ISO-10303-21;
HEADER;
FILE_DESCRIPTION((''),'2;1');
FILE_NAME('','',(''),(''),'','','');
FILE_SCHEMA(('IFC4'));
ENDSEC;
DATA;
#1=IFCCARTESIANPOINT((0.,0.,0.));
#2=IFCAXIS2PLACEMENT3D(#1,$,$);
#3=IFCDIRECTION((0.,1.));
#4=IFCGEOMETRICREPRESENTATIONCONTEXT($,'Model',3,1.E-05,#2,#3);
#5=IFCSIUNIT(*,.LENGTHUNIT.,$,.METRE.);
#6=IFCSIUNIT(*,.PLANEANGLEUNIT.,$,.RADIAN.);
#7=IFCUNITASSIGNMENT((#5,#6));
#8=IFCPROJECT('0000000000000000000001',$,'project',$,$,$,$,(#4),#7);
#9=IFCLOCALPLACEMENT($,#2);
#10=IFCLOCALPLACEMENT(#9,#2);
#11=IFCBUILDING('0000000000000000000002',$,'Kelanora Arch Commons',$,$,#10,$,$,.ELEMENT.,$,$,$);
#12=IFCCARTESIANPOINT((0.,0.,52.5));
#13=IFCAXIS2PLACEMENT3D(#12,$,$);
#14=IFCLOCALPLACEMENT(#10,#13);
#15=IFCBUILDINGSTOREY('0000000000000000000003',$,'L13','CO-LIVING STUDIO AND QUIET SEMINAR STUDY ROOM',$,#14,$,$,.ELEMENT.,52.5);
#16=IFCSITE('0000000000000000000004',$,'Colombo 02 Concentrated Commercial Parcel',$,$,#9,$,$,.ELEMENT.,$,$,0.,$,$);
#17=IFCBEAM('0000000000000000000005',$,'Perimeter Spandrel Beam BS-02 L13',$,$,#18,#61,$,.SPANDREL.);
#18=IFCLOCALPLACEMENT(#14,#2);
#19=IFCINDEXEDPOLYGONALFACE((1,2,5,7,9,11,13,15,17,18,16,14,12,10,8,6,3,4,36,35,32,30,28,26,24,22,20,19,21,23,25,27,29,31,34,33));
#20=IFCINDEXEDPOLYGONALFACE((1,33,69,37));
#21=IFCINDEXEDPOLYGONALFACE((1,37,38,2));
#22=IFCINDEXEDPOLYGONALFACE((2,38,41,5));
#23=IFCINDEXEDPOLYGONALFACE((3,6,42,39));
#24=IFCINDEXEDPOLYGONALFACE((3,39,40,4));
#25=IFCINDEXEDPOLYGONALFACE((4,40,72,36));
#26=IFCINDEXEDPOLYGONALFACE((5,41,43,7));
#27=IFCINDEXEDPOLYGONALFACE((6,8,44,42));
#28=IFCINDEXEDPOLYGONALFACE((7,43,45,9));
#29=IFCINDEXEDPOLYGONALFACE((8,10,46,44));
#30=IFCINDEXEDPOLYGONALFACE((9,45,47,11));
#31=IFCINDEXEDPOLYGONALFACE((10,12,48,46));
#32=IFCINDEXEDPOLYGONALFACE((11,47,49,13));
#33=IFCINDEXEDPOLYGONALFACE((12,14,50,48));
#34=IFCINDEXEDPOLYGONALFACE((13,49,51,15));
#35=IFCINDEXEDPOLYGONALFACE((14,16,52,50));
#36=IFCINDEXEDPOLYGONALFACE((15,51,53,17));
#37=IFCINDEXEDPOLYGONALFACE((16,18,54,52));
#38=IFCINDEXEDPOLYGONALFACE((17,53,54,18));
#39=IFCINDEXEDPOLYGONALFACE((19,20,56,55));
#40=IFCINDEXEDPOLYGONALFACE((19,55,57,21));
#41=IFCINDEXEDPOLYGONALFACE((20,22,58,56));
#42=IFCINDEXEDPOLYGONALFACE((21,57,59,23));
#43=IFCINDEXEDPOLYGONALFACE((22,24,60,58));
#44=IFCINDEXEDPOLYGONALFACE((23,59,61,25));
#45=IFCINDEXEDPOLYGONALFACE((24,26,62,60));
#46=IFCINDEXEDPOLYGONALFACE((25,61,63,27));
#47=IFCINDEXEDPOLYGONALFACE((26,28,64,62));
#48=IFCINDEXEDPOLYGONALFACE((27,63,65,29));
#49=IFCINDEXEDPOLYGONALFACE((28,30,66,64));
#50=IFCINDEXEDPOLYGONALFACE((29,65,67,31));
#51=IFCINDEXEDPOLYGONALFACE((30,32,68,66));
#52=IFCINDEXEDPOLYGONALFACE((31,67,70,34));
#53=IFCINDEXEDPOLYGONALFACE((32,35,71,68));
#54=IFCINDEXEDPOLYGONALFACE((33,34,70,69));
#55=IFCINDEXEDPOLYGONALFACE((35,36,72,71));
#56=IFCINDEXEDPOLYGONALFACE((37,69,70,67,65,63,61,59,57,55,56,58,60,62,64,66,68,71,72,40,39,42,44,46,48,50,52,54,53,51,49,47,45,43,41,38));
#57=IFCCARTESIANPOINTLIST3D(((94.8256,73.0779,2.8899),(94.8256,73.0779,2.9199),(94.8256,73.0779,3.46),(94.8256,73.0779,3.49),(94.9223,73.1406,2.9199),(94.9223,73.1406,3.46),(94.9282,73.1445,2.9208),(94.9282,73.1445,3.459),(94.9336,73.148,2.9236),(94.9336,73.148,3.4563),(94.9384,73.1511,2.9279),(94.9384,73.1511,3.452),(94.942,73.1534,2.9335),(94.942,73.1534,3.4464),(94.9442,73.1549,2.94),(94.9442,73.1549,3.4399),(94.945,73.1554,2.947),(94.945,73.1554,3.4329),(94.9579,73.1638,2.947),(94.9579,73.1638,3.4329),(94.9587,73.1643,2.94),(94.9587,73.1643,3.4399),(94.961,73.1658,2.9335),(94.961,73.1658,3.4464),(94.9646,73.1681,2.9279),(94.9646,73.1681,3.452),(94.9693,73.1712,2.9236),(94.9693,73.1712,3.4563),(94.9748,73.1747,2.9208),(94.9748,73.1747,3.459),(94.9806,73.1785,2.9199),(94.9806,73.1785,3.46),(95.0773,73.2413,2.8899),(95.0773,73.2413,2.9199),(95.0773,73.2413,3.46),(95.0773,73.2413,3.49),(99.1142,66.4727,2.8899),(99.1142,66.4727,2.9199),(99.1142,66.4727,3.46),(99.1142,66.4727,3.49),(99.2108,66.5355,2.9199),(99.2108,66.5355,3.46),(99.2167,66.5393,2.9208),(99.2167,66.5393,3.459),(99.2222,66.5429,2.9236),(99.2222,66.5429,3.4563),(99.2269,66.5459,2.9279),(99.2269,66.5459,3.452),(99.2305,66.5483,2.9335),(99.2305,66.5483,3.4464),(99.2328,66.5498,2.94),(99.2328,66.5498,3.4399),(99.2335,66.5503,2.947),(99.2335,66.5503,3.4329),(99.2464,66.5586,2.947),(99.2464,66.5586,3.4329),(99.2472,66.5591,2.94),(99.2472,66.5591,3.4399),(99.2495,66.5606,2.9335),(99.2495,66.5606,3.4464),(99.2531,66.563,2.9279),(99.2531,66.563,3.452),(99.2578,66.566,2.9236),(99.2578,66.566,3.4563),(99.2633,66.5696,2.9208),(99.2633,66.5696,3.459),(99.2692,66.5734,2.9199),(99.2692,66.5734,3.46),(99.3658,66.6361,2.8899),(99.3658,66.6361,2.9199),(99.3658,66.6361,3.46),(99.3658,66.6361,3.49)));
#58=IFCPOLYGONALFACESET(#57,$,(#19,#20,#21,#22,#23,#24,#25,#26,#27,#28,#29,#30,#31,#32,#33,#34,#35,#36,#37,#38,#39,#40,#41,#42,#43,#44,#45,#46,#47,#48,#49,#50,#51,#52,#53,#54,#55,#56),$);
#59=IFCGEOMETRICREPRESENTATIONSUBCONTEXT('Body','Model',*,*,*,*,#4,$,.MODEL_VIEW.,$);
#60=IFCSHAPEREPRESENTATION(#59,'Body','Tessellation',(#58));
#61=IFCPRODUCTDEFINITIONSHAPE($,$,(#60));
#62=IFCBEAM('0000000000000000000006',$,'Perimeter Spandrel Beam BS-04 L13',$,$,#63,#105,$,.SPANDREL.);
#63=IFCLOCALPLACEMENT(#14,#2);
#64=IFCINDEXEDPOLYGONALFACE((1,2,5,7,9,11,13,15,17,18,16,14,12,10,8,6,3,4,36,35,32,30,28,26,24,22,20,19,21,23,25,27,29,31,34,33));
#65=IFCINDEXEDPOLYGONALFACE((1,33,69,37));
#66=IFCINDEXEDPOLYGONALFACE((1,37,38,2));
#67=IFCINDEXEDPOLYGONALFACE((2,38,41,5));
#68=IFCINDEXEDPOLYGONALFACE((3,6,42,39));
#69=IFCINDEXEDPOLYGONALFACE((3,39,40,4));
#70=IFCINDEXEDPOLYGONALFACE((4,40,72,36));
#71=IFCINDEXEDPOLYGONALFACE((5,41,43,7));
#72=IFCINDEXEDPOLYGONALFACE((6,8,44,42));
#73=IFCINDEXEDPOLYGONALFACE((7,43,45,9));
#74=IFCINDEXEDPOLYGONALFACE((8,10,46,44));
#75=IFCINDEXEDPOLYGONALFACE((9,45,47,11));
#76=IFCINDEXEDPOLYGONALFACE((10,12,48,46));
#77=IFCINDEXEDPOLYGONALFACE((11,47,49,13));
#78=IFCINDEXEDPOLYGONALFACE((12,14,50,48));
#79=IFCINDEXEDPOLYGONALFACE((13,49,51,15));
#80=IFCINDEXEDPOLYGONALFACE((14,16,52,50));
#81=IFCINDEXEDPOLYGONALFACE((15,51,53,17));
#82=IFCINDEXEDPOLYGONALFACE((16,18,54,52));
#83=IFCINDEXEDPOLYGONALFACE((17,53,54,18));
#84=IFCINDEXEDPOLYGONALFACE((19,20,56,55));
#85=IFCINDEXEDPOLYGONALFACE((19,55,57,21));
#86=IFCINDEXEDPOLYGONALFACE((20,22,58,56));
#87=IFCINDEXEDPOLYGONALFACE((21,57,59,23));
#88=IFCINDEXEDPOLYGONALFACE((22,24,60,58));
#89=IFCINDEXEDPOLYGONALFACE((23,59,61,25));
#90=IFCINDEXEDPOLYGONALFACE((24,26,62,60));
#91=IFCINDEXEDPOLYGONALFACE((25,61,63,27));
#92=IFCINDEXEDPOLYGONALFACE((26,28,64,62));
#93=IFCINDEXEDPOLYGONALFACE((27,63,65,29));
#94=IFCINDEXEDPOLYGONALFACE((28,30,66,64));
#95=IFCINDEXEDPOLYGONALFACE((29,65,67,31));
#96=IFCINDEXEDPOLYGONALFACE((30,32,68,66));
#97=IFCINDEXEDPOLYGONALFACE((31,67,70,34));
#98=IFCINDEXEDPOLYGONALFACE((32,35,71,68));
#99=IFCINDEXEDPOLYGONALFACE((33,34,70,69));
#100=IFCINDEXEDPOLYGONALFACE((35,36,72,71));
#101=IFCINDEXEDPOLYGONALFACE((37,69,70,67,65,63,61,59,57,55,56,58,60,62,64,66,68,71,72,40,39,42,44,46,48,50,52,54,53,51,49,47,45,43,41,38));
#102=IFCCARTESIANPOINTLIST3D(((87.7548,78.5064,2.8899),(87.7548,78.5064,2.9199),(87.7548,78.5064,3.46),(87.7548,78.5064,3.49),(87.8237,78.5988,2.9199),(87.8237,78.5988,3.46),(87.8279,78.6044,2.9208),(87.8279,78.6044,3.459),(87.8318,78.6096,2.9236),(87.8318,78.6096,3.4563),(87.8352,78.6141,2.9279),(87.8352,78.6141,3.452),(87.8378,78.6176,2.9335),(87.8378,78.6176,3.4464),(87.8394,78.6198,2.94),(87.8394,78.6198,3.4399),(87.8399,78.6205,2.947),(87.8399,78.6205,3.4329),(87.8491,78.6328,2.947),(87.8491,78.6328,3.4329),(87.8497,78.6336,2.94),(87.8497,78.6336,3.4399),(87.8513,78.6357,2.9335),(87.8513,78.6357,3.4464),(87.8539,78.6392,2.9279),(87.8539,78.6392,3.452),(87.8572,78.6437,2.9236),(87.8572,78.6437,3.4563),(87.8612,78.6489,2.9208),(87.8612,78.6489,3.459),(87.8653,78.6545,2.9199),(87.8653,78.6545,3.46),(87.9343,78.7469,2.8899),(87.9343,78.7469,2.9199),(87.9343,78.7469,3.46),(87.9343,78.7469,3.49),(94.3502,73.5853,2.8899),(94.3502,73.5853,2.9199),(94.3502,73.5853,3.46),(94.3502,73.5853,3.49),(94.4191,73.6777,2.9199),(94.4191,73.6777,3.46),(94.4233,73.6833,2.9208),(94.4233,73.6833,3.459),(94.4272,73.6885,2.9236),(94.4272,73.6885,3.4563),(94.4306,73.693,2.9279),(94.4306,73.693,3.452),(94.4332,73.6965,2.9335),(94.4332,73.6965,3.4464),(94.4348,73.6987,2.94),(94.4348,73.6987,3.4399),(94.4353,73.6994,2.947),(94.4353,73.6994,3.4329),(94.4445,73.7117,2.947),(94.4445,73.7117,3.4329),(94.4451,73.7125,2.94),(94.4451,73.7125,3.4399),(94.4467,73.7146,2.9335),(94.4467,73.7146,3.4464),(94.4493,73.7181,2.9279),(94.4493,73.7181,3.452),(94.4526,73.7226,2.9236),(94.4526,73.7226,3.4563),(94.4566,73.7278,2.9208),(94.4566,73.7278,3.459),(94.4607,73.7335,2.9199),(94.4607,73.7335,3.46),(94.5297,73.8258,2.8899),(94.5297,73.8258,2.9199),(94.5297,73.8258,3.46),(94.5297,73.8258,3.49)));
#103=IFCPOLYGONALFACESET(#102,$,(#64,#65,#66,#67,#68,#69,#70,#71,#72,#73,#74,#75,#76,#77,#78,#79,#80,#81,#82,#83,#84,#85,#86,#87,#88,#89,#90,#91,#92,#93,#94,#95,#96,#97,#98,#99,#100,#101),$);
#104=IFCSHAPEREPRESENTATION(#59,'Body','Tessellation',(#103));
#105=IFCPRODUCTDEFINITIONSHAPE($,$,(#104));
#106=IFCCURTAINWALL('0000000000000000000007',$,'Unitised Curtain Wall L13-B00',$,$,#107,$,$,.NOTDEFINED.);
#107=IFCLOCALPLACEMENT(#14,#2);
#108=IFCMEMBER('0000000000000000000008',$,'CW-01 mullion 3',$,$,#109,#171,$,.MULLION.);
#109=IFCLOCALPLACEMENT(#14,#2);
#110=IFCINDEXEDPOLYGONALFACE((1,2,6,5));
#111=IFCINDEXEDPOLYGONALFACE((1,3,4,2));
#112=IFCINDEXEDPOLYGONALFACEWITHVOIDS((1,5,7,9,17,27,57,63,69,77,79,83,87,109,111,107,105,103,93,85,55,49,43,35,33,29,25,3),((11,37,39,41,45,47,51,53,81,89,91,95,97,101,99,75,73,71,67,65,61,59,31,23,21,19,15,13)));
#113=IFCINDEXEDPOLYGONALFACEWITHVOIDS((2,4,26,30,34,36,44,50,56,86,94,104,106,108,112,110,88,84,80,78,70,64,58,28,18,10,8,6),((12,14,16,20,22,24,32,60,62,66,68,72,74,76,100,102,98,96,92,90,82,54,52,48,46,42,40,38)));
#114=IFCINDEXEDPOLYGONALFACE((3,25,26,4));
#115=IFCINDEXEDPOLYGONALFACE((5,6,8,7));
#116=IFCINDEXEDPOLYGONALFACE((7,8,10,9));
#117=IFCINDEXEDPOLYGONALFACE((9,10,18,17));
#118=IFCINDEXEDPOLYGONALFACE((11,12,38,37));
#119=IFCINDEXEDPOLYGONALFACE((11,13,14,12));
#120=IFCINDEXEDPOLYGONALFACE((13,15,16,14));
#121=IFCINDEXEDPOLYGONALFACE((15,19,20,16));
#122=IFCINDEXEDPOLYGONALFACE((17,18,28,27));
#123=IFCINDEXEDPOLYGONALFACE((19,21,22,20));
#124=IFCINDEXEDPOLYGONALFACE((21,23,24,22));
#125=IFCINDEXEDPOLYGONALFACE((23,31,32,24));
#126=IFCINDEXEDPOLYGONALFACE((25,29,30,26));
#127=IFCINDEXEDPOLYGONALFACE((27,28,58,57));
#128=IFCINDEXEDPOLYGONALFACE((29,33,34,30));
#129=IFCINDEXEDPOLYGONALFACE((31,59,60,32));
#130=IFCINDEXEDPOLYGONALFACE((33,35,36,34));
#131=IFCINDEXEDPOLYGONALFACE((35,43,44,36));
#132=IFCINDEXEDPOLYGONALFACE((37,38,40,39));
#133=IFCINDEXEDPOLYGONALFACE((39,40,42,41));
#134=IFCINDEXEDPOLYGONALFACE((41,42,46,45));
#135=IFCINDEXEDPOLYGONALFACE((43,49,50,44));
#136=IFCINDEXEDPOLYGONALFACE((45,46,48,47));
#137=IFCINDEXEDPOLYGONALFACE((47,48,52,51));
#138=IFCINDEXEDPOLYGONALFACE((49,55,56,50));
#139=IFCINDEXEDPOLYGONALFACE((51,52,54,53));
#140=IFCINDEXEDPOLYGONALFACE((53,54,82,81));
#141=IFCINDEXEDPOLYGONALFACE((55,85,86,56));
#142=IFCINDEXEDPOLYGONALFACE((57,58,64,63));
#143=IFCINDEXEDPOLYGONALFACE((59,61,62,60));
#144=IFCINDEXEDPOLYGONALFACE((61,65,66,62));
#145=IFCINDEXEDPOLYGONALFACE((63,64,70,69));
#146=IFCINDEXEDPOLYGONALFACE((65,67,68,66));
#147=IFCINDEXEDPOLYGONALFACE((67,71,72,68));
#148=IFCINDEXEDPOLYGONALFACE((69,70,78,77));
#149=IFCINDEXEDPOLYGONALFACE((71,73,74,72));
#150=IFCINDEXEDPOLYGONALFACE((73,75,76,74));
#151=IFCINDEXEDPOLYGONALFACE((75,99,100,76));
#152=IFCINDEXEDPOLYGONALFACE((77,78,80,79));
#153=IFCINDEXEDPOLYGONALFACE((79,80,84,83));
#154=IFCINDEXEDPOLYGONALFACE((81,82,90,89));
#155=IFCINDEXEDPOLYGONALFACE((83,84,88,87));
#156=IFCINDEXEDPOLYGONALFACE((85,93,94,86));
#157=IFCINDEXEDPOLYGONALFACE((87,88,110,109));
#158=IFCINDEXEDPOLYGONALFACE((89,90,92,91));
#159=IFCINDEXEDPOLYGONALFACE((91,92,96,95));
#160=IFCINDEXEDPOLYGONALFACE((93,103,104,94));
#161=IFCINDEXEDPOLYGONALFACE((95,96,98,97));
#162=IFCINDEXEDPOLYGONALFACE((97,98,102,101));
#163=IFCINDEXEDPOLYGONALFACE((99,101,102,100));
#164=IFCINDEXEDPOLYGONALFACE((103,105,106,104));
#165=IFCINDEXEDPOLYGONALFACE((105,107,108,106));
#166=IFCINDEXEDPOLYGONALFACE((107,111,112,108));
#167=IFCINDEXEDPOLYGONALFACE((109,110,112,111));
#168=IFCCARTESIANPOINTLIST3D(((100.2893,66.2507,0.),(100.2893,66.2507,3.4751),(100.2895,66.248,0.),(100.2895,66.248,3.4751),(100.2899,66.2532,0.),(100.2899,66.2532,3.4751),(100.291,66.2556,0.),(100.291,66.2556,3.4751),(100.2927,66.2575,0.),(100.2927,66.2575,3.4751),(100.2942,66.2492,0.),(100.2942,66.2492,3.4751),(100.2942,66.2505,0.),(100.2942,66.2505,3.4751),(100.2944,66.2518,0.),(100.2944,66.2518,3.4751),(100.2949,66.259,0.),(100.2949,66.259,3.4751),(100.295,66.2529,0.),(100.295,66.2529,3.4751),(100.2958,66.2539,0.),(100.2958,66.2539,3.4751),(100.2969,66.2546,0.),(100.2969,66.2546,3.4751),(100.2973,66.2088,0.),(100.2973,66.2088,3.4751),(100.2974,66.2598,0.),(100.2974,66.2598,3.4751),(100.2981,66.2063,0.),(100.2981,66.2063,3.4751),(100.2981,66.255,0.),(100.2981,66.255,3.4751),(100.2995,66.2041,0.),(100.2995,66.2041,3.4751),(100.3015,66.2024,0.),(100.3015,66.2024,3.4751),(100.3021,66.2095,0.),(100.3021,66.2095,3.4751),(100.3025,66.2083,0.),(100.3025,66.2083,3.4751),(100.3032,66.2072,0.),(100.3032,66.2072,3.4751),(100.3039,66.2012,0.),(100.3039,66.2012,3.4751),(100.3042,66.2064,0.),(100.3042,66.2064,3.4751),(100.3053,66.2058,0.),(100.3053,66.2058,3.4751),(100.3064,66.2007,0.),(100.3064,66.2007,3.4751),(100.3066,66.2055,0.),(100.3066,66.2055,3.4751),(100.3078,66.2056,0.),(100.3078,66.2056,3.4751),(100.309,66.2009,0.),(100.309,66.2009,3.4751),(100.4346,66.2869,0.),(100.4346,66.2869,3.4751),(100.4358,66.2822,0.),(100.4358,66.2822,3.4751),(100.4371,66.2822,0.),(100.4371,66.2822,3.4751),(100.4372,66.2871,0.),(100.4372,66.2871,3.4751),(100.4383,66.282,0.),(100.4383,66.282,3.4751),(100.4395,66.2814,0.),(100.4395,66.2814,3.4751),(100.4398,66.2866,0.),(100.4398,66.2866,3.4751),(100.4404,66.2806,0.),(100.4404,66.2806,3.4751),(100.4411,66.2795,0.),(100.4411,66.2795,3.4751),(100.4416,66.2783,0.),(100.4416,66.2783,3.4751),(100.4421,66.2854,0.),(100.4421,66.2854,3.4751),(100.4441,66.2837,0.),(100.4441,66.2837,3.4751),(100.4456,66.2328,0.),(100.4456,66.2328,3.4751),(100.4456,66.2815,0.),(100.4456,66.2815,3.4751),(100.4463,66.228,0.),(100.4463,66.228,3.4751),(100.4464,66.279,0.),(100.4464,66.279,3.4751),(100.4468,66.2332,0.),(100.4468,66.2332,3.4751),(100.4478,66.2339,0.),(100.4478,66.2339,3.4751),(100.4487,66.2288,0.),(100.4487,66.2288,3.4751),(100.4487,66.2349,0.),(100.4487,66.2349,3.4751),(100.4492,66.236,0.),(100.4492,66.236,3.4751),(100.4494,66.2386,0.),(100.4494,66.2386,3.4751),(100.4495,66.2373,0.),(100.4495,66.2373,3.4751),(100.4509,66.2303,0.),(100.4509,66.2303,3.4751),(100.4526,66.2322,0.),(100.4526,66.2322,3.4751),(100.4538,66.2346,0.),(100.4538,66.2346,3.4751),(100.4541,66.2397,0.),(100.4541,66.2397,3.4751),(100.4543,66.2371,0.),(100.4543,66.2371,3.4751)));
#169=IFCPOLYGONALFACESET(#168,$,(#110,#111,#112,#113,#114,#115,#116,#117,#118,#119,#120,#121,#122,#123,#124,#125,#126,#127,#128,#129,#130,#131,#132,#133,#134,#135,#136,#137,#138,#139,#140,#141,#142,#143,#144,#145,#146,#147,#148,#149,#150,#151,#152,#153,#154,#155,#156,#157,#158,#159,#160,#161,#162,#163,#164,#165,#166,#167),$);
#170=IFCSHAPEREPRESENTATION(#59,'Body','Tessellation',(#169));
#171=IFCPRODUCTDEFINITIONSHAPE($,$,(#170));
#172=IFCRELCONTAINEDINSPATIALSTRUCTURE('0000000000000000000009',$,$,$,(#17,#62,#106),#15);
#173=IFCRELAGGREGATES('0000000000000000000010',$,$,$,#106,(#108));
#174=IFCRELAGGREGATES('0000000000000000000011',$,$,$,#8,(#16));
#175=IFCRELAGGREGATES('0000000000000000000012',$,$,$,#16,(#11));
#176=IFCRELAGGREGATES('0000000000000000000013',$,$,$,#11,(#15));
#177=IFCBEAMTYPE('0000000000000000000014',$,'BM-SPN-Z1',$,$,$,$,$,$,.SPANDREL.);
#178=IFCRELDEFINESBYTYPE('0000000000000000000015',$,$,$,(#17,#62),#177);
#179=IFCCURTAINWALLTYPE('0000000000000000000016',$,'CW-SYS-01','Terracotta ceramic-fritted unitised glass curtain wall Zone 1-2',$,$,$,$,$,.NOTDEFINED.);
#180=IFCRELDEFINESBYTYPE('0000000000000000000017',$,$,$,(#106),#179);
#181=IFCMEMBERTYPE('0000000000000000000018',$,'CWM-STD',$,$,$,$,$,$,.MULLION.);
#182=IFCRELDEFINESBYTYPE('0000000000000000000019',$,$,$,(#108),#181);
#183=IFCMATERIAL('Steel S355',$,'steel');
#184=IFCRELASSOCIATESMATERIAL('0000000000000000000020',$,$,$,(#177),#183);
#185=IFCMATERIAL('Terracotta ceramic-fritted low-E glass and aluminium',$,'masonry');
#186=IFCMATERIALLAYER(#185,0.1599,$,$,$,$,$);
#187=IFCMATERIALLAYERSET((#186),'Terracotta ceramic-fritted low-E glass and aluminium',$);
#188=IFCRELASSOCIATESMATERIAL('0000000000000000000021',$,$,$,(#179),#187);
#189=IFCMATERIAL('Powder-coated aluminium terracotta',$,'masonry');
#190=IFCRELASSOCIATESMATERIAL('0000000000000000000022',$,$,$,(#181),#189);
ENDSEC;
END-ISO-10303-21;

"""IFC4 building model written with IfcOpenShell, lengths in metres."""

from ifc_helpers import new_model, si_unit, direction, frame, origin, origin_2d, place, context, subcontext, project, spatial, hollow_rectangle, i_section, extrude, material, layer, layer_set, material_profile, profile_set, type_object, element, aggregate, save


model = new_model("IFC4")

# Units and contexts
model_context = context("Model", 3, precision=1e-05, world=origin(), true_north=direction((0.0, 1.0)))
body_context = subcontext(model_context, "Body", "Model", "MODEL_VIEW")
ifc_project = project(units=[si_unit("LENGTHUNIT", "METRE"), si_unit("PLANEANGLEUNIT", "RADIAN")], contexts=[model_context])

# Site, building, storey
site_placement = place(None, origin())
site = spatial("IfcSite", under=ifc_project, at=site_placement, Name="Colombo 02 Concentrated Commercial Parcel", CompositionType="ELEMENT", RefElevation=0.0)
building_placement = place(site_placement, origin())
building = spatial("IfcBuilding", under=site, at=building_placement, Name="Kelanora Arch Commons", CompositionType="ELEMENT")
storey_placement = place(building_placement, frame((0.0, 0.0, 52.5)))
storey = spatial("IfcBuildingStorey", under=building, at=storey_placement, Name="L13", Description="CO-LIVING STUDIO AND QUIET SEMINAR STUDY ROOM", CompositionType="ELEMENT", Elevation=52.5)

# Beams
ifc_material_1 = material(Name="Steel S355", Category="steel")
ifc_material_profile_1 = material_profile(ifc_material_1, i_section(OverallWidth=0.3, OverallDepth=0.6001, WebThickness=0.0154, FlangeThickness=0.03, FilletRadius=0.0271, at=origin_2d()), Name="HEB600")
ifc_profile_set_1 = profile_set([ifc_material_profile_1], Name="Steel S355")
beam_type_1 = type_object("IfcBeamType", Name="BM-SPN-Z1", PredefinedType="SPANDREL", material=ifc_profile_set_1)
beam_1_placement = place(storey_placement, frame((99.24, 66.5544, 3.1899), z_axis=(-0.544558, 0.838723, 0.0), x_axis=(-0.838723, -0.544558, 0.0)))
element("IfcBeam", 1, at=beam_1_placement, inside=storey, type_object=beam_type_1, Name="Perimeter Spandrel Beam BS-02 L13", PredefinedType="SPANDREL", context=body_context, shape_type="SweptSolid", body=[
    extrude(i_section(OverallWidth=0.3, OverallDepth=0.6001, WebThickness=0.0154, FlangeThickness=0.03, FilletRadius=0.0271, at=origin_2d()), origin(), (0.0, 0.0, 1.0), 7.8752),
])
beam_2_placement = place(storey_placement, frame((94.4399, 73.7056, 3.1899), z_axis=(-0.801482, 0.598019, 0.0), x_axis=(-0.598019, -0.801482, 0.0)))
element("IfcBeam", 2, at=beam_2_placement, inside=storey, type_object=beam_type_1, Name="Perimeter Spandrel Beam BS-04 L13", PredefinedType="SPANDREL", context=body_context, shape_type="SweptSolid", body=[
    extrude(i_section(OverallWidth=0.3, OverallDepth=0.6001, WebThickness=0.0154, FlangeThickness=0.03, FilletRadius=0.0271, at=origin_2d()), origin(), (0.0, 0.0, 1.0), 8.229),
])

# Curtain wall, member
ifc_material_2 = material(Name="Terracotta ceramic-fritted low-E glass and aluminium", Category="masonry")
ifc_layer_1 = layer(ifc_material_2, 0.1599)
ifc_layer_set_1 = layer_set([ifc_layer_1], Name="Terracotta ceramic-fritted low-E glass and aluminium")
curtain_wall_type = type_object("IfcCurtainWallType", Name="CW-SYS-01", Description="Terracotta ceramic-fritted unitised glass curtain wall Zone 1-2", PredefinedType="NOTDEFINED", material=ifc_layer_set_1)
curtain_wall_1_placement = place(storey_placement, origin())
curtain_wall_1 = element("IfcCurtainWall", 3, at=curtain_wall_1_placement, inside=storey, type_object=curtain_wall_type, Name="Unitised Curtain Wall L13-B00", PredefinedType="NOTDEFINED")
ifc_material_3 = material(Name="Powder-coated aluminium terracotta", Category="masonry")
ifc_material_profile_2 = material_profile(ifc_material_3, hollow_rectangle(XDim=0.1599, YDim=0.0601, WallThickness=0.0049, InnerFilletRadius=0.0049, OuterFilletRadius=0.01, at=origin_2d()), Name="CWM160x60")
ifc_profile_set_2 = profile_set([ifc_material_profile_2], Name="Powder-coated aluminium terracotta")
member_type_1 = type_object("IfcMemberType", Name="CWM-STD", PredefinedType="MULLION", material=ifc_profile_set_2)
member_1_placement = place(storey_placement, frame((100.3718, 66.2439, 0.0), z_axis=(0.0, 0.0, 1.0), x_axis=(-0.981052, -0.193744, 0.0)))
member_1 = element("IfcMember", 4, at=member_1_placement, type_object=member_type_1, Name="CW-01 mullion 3", PredefinedType="MULLION", context=body_context, shape_type="SweptSolid", body=[
    extrude(hollow_rectangle(XDim=0.1599, YDim=0.0601, WallThickness=0.0049, InnerFilletRadius=0.0049, OuterFilletRadius=0.01, at=origin_2d()), origin(), (0.0, 0.0, 1.0), 3.4751),
])
aggregate(curtain_wall_1, [member_1])

save(model, "model.ifc")
